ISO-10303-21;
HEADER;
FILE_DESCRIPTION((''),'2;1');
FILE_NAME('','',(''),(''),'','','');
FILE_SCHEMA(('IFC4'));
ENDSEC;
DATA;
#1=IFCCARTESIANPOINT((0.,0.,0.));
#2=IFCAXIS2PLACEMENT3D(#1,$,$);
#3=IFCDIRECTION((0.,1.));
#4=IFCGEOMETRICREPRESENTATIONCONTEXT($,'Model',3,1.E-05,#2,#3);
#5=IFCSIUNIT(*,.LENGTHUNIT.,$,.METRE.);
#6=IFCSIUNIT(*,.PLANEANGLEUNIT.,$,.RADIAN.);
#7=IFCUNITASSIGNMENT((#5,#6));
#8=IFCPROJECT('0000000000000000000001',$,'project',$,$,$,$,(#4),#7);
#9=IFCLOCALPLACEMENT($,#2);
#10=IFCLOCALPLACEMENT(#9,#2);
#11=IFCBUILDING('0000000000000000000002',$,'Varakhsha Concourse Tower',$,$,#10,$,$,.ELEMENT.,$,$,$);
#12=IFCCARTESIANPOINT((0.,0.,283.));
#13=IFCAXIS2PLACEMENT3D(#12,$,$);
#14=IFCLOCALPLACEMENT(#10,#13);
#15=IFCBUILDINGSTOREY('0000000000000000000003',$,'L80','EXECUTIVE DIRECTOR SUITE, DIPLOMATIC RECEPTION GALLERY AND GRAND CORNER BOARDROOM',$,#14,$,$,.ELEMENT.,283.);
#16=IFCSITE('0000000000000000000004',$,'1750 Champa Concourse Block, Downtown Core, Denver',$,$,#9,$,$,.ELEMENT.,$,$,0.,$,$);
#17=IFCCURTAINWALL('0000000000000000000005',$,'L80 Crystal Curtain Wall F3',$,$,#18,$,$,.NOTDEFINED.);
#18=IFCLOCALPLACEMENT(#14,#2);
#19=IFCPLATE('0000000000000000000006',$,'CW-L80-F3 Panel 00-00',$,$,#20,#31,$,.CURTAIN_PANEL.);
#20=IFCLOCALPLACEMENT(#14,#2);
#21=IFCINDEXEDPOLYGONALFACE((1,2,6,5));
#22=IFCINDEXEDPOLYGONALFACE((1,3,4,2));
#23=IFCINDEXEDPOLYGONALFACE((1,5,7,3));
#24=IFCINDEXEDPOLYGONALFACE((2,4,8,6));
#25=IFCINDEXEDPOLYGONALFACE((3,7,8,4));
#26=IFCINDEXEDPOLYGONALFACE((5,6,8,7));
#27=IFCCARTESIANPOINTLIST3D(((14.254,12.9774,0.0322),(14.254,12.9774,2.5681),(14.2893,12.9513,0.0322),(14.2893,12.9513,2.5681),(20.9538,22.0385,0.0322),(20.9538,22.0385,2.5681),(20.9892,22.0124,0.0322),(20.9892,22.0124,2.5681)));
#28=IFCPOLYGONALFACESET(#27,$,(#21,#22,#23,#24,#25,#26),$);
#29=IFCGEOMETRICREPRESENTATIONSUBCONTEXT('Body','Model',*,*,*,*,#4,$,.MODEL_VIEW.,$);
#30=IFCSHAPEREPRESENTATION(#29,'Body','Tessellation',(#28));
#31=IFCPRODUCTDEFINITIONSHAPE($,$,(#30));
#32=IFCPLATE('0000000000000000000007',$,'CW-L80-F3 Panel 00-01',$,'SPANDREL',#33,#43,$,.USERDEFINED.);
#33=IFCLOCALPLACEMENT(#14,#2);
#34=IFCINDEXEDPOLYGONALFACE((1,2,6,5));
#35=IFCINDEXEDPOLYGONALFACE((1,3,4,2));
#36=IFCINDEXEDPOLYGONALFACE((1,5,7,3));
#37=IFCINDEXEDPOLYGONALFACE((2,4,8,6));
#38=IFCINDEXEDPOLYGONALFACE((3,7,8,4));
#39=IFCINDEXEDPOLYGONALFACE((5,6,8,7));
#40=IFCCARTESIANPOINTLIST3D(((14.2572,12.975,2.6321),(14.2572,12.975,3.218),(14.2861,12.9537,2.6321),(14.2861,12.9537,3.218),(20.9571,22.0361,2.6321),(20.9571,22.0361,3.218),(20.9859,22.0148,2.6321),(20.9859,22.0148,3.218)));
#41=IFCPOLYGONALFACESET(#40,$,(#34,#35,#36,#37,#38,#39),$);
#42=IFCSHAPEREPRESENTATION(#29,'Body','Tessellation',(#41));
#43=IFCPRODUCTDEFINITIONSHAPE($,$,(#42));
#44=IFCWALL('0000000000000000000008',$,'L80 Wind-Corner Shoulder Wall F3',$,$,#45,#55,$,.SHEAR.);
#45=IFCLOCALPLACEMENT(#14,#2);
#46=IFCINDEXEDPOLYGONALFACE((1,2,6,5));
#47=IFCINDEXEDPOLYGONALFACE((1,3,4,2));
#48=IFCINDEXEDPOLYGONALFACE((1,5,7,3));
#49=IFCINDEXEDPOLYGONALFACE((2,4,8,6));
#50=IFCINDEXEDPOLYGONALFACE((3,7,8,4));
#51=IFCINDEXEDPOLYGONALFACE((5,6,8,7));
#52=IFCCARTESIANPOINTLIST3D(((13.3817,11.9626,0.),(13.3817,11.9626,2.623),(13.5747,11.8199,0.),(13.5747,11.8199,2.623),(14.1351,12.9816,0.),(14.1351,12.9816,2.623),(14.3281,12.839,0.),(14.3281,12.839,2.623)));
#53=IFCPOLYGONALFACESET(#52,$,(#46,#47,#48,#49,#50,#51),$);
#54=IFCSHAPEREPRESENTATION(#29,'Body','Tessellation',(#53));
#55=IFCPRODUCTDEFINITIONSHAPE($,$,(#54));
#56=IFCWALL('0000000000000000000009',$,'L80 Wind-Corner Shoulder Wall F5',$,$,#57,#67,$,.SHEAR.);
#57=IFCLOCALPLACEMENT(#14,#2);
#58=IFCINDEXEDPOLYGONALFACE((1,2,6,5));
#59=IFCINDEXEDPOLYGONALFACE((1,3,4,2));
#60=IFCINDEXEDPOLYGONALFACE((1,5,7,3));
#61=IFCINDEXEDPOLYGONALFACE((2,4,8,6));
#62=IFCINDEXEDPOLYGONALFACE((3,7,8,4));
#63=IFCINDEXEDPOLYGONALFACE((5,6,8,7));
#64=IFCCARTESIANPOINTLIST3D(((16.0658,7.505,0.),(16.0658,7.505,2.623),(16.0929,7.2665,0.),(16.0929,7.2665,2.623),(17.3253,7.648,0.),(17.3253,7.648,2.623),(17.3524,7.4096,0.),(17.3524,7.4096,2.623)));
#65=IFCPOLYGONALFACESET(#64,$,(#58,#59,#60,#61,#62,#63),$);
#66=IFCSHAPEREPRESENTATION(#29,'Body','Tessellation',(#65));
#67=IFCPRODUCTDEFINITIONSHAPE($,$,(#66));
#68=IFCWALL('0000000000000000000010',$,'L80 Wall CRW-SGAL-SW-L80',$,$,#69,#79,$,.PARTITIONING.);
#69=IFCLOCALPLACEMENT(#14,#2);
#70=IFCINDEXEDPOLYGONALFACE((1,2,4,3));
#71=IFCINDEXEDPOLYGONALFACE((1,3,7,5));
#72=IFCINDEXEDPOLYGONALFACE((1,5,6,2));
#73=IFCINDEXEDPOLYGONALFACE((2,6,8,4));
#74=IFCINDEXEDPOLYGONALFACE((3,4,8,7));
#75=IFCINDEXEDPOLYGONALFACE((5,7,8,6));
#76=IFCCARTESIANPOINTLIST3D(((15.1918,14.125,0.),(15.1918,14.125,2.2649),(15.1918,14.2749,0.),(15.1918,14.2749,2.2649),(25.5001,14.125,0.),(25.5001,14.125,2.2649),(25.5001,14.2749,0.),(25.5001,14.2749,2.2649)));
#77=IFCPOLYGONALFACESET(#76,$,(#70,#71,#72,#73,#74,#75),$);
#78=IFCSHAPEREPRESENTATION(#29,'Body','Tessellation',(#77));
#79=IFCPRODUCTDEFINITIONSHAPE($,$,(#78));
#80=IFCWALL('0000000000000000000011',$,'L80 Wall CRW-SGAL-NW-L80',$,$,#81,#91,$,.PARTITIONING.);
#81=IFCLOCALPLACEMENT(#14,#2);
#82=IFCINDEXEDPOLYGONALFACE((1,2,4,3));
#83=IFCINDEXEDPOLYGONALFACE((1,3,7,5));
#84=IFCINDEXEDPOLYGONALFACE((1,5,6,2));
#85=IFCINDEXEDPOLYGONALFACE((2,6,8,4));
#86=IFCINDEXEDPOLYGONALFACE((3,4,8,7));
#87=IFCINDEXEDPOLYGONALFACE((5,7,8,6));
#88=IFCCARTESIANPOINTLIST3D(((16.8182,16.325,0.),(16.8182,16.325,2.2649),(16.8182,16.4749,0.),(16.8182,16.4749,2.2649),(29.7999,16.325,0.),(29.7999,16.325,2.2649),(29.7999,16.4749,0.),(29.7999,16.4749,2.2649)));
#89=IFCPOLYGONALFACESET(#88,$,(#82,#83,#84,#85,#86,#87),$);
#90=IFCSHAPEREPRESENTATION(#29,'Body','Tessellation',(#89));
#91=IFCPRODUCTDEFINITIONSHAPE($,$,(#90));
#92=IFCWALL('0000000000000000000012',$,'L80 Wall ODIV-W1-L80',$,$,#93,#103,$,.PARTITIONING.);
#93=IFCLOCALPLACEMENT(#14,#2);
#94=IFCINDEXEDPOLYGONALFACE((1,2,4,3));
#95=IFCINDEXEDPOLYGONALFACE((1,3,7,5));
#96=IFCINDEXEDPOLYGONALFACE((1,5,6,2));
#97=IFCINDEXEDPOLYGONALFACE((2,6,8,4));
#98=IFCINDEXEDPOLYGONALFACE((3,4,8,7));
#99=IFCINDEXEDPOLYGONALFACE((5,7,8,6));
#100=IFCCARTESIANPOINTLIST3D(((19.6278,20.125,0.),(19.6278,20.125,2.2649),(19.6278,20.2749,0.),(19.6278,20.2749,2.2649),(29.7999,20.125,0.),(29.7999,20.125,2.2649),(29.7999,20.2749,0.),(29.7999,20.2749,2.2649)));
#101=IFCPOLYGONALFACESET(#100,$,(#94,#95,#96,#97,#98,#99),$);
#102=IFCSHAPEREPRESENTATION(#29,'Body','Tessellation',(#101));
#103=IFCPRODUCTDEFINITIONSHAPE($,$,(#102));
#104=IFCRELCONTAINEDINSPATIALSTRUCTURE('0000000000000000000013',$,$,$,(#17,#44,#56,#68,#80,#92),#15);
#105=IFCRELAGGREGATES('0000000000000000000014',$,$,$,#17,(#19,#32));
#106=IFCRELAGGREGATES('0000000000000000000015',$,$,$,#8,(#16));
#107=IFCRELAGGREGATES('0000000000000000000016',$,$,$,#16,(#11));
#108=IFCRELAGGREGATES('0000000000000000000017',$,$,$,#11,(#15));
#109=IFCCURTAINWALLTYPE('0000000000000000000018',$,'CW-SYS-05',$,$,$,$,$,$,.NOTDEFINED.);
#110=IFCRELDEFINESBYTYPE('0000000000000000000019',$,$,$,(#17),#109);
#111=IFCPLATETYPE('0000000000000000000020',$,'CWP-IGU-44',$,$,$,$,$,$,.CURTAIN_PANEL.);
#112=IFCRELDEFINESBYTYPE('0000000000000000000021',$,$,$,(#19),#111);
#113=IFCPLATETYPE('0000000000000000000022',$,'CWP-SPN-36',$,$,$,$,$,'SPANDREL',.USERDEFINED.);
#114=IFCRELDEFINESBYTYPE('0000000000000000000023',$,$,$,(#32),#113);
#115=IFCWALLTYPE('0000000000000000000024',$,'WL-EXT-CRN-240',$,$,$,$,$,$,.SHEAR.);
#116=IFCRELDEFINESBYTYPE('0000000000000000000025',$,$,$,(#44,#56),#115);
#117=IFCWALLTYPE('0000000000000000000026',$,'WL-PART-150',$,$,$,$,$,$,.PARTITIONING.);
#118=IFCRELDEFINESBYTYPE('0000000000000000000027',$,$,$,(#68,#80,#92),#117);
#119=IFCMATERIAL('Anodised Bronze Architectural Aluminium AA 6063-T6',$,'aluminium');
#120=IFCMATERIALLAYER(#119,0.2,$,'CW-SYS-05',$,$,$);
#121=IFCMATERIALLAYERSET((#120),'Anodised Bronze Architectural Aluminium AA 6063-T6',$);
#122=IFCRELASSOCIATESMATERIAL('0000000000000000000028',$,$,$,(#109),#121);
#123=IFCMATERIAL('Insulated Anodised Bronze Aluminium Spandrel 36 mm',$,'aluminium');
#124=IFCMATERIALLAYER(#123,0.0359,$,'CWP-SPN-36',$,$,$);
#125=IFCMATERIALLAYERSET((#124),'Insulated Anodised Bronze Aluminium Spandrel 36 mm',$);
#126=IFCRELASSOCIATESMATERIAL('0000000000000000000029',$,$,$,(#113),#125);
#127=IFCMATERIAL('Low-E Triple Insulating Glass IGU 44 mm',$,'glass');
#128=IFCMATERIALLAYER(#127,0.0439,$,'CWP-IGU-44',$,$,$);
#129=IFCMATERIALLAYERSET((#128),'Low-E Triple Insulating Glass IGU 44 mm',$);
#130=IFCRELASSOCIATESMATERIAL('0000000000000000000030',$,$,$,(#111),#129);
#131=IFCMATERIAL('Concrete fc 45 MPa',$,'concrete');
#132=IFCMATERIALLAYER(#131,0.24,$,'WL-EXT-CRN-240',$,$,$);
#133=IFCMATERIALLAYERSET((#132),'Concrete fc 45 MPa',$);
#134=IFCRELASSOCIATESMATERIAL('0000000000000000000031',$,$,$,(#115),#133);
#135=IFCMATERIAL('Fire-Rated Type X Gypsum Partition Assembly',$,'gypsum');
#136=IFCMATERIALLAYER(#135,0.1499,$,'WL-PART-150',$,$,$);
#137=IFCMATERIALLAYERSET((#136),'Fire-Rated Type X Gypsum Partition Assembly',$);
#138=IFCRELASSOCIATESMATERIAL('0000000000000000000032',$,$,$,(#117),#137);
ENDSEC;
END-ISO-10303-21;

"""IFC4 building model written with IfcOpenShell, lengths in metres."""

from ifc_helpers import new_model, si_unit, direction, frame, frame_2d, origin, origin_2d, place, context, subcontext, project, spatial, rectangle, extrude, source, transform, mapped, material, layer, layer_set, type_object, type_shapes, element, aggregate, save


model = new_model("IFC4")

# Units and contexts
model_context = context("Model", 3, precision=1e-05, world=origin(), true_north=direction((0.0, 1.0)))
body_context = subcontext(model_context, "Body", "Model", "MODEL_VIEW")
ifc_project = project(units=[si_unit("LENGTHUNIT", "METRE"), si_unit("PLANEANGLEUNIT", "RADIAN")], contexts=[model_context])

# Site, building, storey
site_placement = place(None, origin())
site = spatial("IfcSite", under=ifc_project, at=site_placement, Name="1750 Champa Concourse Block, Downtown Core, Denver", CompositionType="ELEMENT", RefElevation=0.0)
building_placement = place(site_placement, origin())
building = spatial("IfcBuilding", under=site, at=building_placement, Name="Varakhsha Concourse Tower", CompositionType="ELEMENT")
storey_placement = place(building_placement, frame((0.0, 0.0, 283.0)))
storey = spatial("IfcBuildingStorey", under=building, at=storey_placement, Name="L80", Description="EXECUTIVE DIRECTOR SUITE, DIPLOMATIC RECEPTION GALLERY AND GRAND CORNER BOARDROOM", CompositionType="ELEMENT", Elevation=283.0)

# Curtain wall
ifc_material_1 = material(Name="Anodised Bronze Architectural Aluminium AA 6063-T6", Category="aluminium")
ifc_layer_1 = layer(ifc_material_1, 0.2, Name="CW-SYS-05")
ifc_layer_set_1 = layer_set([ifc_layer_1], Name="Anodised Bronze Architectural Aluminium AA 6063-T6")
curtain_wall_type = type_object("IfcCurtainWallType", Name="CW-SYS-05", PredefinedType="NOTDEFINED", material=ifc_layer_set_1)
curtain_wall_1_placement = place(storey_placement, origin())
curtain_wall_1 = element("IfcCurtainWall", 1, at=curtain_wall_1_placement, inside=storey, type_object=curtain_wall_type, Name="L80 Crystal Curtain Wall F3", PredefinedType="NOTDEFINED")

# Shared definitions
ifc_material_2 = material(Name="Concrete fc 45 MPa", Category="concrete")

# Plates
ifc_material_3 = material(Name="Insulated Anodised Bronze Aluminium Spandrel 36 mm", Category="aluminium")
ifc_layer_2 = layer(ifc_material_3, 0.0359, Name="CWP-SPN-36")
ifc_layer_set_2 = layer_set([ifc_layer_2], Name="Insulated Anodised Bronze Aluminium Spandrel 36 mm")
plate_type_1 = type_object("IfcPlateType", Name="CWP-SPN-36", ElementType="SPANDREL", PredefinedType="USERDEFINED", material=ifc_layer_set_2)
ifc_material_4 = material(Name="Low-E Triple Insulating Glass IGU 44 mm", Category="glass")
ifc_layer_3 = layer(ifc_material_4, 0.0439, Name="CWP-IGU-44")
ifc_layer_set_3 = layer_set([ifc_layer_3], Name="Low-E Triple Insulating Glass IGU 44 mm")
plate_type_2 = type_object("IfcPlateType", Name="CWP-IGU-44", PredefinedType="CURTAIN_PANEL", material=ifc_layer_set_3)
shared_shape_1 = source(origin(), body_context, "Body", "SweptSolid", [
    extrude(rectangle(XDim=11.269, YDim=0.0439, at=origin_2d()), origin(), (0.0, 0.0, 1.0), 2.5359),
])
type_shapes(plate_type_2, [shared_shape_1])
plate_1_placement = place(storey_placement, frame((17.6216, 17.4949, 0.0322), z_axis=(0.0, 0.0, 1.0), x_axis=(0.594534, 0.804071, 0.0)))
plate_1 = element("IfcPlate", 2, at=plate_1_placement, type_object=plate_type_2, Name="CW-L80-F3 Panel 00-00", PredefinedType="CURTAIN_PANEL", context=body_context, shape_type="MappedRepresentation", body=[
    mapped(shared_shape_1, transform((0.0, 0.0, 0.0), scale=1.0)),
])
shared_shape_2 = source(origin(), body_context, "Body", "SweptSolid", [
    extrude(rectangle(XDim=11.269, YDim=0.0359, at=origin_2d()), origin(), (0.0, 0.0, 1.0), 0.5859),
])
plate_2_placement = place(storey_placement, frame((17.6216, 17.4949, 2.6321), z_axis=(0.0, 0.0, 1.0), x_axis=(0.594534, 0.804071, 0.0)))
plate_2 = element("IfcPlate", 3, at=plate_2_placement, type_object=plate_type_1, Name="CW-L80-F3 Panel 00-01", ObjectType="SPANDREL", PredefinedType="USERDEFINED", context=body_context, shape_type="MappedRepresentation", body=[
    mapped(shared_shape_2, transform((0.0, 0.0, 0.0), scale=1.0)),
])
aggregate(curtain_wall_1, [plate_1, plate_2])

# Walls
ifc_layer_4 = layer(ifc_material_2, 0.24, Name="WL-EXT-CRN-240")
ifc_layer_set_4 = layer_set([ifc_layer_4], Name="Concrete fc 45 MPa")
wall_type_1 = type_object("IfcWallType", Name="WL-EXT-CRN-240", PredefinedType="SHEAR", material=ifc_layer_set_4)
wall_1_placement = place(storey_placement, frame((14.2317, 12.9104, 0.0), z_axis=(0.0, 0.0, 1.0), x_axis=(-0.594499, -0.804096, 0.0)))
element("IfcWall", 4, at=wall_1_placement, inside=storey, type_object=wall_type_1, Name="L80 Wind-Corner Shoulder Wall F3", PredefinedType="SHEAR", context=body_context, shape_type="SweptSolid", body=[
    extrude(rectangle(XDim=1.2673, YDim=0.24, at=frame_2d((0.6338, 0.0))), origin(), (0.0, 0.0, 1.0), 2.623),
])
wall_2_placement = place(storey_placement, frame((16.0793, 7.3857, 0.0), z_axis=(0.0, 0.0, 1.0), x_axis=(0.993611, 0.112862, 0.0)))
element("IfcWall", 5, at=wall_2_placement, inside=storey, type_object=wall_type_1, Name="L80 Wind-Corner Shoulder Wall F5", PredefinedType="SHEAR", context=body_context, shape_type="SweptSolid", body=[
    extrude(rectangle(XDim=1.2676, YDim=0.24, at=frame_2d((0.6338, 0.0))), origin(), (0.0, 0.0, 1.0), 2.623),
])
ifc_material_5 = material(Name="Fire-Rated Type X Gypsum Partition Assembly", Category="gypsum")
ifc_layer_5 = layer(ifc_material_5, 0.1499, Name="WL-PART-150")
ifc_layer_set_5 = layer_set([ifc_layer_5], Name="Fire-Rated Type X Gypsum Partition Assembly")
wall_type_2 = type_object("IfcWallType", Name="WL-PART-150", PredefinedType="PARTITIONING", material=ifc_layer_set_5)
wall_3_placement = place(storey_placement, frame((15.1917, 14.2, 0.0), z_axis=(0.0, 0.0, 1.0), x_axis=(1.0, 0.0, 0.0)))
element("IfcWall", 6, at=wall_3_placement, inside=storey, type_object=wall_type_2, Name="L80 Wall CRW-SGAL-SW-L80", PredefinedType="PARTITIONING", context=body_context, shape_type="SweptSolid", body=[
    extrude(rectangle(XDim=10.3083, YDim=0.1499, at=frame_2d((5.1543, 0.0))), origin(), (0.0, 0.0, 1.0), 2.2649),
])
wall_4_placement = place(storey_placement, frame((16.8184, 16.3999, 0.0), z_axis=(0.0, 0.0, 1.0), x_axis=(1.0, 0.0, 0.0)))
element("IfcWall", 7, at=wall_4_placement, inside=storey, type_object=wall_type_2, Name="L80 Wall CRW-SGAL-NW-L80", PredefinedType="PARTITIONING", context=body_context, shape_type="SweptSolid", body=[
    extrude(rectangle(XDim=12.9817, YDim=0.1499, at=frame_2d((6.4907, 0.0))), origin(), (0.0, 0.0, 1.0), 2.2649),
])
wall_5_placement = place(storey_placement, frame((19.6279, 20.2, 0.0), z_axis=(0.0, 0.0, 1.0), x_axis=(1.0, 0.0, 0.0)))
element("IfcWall", 8, at=wall_5_placement, inside=storey, type_object=wall_type_2, Name="L80 Wall ODIV-W1-L80", PredefinedType="PARTITIONING", context=body_context, shape_type="SweptSolid", body=[
    extrude(rectangle(XDim=10.1721, YDim=0.1499, at=frame_2d((5.0859, 0.0))), origin(), (0.0, 0.0, 1.0), 2.2649),
])

save(model, "model.ifc")
